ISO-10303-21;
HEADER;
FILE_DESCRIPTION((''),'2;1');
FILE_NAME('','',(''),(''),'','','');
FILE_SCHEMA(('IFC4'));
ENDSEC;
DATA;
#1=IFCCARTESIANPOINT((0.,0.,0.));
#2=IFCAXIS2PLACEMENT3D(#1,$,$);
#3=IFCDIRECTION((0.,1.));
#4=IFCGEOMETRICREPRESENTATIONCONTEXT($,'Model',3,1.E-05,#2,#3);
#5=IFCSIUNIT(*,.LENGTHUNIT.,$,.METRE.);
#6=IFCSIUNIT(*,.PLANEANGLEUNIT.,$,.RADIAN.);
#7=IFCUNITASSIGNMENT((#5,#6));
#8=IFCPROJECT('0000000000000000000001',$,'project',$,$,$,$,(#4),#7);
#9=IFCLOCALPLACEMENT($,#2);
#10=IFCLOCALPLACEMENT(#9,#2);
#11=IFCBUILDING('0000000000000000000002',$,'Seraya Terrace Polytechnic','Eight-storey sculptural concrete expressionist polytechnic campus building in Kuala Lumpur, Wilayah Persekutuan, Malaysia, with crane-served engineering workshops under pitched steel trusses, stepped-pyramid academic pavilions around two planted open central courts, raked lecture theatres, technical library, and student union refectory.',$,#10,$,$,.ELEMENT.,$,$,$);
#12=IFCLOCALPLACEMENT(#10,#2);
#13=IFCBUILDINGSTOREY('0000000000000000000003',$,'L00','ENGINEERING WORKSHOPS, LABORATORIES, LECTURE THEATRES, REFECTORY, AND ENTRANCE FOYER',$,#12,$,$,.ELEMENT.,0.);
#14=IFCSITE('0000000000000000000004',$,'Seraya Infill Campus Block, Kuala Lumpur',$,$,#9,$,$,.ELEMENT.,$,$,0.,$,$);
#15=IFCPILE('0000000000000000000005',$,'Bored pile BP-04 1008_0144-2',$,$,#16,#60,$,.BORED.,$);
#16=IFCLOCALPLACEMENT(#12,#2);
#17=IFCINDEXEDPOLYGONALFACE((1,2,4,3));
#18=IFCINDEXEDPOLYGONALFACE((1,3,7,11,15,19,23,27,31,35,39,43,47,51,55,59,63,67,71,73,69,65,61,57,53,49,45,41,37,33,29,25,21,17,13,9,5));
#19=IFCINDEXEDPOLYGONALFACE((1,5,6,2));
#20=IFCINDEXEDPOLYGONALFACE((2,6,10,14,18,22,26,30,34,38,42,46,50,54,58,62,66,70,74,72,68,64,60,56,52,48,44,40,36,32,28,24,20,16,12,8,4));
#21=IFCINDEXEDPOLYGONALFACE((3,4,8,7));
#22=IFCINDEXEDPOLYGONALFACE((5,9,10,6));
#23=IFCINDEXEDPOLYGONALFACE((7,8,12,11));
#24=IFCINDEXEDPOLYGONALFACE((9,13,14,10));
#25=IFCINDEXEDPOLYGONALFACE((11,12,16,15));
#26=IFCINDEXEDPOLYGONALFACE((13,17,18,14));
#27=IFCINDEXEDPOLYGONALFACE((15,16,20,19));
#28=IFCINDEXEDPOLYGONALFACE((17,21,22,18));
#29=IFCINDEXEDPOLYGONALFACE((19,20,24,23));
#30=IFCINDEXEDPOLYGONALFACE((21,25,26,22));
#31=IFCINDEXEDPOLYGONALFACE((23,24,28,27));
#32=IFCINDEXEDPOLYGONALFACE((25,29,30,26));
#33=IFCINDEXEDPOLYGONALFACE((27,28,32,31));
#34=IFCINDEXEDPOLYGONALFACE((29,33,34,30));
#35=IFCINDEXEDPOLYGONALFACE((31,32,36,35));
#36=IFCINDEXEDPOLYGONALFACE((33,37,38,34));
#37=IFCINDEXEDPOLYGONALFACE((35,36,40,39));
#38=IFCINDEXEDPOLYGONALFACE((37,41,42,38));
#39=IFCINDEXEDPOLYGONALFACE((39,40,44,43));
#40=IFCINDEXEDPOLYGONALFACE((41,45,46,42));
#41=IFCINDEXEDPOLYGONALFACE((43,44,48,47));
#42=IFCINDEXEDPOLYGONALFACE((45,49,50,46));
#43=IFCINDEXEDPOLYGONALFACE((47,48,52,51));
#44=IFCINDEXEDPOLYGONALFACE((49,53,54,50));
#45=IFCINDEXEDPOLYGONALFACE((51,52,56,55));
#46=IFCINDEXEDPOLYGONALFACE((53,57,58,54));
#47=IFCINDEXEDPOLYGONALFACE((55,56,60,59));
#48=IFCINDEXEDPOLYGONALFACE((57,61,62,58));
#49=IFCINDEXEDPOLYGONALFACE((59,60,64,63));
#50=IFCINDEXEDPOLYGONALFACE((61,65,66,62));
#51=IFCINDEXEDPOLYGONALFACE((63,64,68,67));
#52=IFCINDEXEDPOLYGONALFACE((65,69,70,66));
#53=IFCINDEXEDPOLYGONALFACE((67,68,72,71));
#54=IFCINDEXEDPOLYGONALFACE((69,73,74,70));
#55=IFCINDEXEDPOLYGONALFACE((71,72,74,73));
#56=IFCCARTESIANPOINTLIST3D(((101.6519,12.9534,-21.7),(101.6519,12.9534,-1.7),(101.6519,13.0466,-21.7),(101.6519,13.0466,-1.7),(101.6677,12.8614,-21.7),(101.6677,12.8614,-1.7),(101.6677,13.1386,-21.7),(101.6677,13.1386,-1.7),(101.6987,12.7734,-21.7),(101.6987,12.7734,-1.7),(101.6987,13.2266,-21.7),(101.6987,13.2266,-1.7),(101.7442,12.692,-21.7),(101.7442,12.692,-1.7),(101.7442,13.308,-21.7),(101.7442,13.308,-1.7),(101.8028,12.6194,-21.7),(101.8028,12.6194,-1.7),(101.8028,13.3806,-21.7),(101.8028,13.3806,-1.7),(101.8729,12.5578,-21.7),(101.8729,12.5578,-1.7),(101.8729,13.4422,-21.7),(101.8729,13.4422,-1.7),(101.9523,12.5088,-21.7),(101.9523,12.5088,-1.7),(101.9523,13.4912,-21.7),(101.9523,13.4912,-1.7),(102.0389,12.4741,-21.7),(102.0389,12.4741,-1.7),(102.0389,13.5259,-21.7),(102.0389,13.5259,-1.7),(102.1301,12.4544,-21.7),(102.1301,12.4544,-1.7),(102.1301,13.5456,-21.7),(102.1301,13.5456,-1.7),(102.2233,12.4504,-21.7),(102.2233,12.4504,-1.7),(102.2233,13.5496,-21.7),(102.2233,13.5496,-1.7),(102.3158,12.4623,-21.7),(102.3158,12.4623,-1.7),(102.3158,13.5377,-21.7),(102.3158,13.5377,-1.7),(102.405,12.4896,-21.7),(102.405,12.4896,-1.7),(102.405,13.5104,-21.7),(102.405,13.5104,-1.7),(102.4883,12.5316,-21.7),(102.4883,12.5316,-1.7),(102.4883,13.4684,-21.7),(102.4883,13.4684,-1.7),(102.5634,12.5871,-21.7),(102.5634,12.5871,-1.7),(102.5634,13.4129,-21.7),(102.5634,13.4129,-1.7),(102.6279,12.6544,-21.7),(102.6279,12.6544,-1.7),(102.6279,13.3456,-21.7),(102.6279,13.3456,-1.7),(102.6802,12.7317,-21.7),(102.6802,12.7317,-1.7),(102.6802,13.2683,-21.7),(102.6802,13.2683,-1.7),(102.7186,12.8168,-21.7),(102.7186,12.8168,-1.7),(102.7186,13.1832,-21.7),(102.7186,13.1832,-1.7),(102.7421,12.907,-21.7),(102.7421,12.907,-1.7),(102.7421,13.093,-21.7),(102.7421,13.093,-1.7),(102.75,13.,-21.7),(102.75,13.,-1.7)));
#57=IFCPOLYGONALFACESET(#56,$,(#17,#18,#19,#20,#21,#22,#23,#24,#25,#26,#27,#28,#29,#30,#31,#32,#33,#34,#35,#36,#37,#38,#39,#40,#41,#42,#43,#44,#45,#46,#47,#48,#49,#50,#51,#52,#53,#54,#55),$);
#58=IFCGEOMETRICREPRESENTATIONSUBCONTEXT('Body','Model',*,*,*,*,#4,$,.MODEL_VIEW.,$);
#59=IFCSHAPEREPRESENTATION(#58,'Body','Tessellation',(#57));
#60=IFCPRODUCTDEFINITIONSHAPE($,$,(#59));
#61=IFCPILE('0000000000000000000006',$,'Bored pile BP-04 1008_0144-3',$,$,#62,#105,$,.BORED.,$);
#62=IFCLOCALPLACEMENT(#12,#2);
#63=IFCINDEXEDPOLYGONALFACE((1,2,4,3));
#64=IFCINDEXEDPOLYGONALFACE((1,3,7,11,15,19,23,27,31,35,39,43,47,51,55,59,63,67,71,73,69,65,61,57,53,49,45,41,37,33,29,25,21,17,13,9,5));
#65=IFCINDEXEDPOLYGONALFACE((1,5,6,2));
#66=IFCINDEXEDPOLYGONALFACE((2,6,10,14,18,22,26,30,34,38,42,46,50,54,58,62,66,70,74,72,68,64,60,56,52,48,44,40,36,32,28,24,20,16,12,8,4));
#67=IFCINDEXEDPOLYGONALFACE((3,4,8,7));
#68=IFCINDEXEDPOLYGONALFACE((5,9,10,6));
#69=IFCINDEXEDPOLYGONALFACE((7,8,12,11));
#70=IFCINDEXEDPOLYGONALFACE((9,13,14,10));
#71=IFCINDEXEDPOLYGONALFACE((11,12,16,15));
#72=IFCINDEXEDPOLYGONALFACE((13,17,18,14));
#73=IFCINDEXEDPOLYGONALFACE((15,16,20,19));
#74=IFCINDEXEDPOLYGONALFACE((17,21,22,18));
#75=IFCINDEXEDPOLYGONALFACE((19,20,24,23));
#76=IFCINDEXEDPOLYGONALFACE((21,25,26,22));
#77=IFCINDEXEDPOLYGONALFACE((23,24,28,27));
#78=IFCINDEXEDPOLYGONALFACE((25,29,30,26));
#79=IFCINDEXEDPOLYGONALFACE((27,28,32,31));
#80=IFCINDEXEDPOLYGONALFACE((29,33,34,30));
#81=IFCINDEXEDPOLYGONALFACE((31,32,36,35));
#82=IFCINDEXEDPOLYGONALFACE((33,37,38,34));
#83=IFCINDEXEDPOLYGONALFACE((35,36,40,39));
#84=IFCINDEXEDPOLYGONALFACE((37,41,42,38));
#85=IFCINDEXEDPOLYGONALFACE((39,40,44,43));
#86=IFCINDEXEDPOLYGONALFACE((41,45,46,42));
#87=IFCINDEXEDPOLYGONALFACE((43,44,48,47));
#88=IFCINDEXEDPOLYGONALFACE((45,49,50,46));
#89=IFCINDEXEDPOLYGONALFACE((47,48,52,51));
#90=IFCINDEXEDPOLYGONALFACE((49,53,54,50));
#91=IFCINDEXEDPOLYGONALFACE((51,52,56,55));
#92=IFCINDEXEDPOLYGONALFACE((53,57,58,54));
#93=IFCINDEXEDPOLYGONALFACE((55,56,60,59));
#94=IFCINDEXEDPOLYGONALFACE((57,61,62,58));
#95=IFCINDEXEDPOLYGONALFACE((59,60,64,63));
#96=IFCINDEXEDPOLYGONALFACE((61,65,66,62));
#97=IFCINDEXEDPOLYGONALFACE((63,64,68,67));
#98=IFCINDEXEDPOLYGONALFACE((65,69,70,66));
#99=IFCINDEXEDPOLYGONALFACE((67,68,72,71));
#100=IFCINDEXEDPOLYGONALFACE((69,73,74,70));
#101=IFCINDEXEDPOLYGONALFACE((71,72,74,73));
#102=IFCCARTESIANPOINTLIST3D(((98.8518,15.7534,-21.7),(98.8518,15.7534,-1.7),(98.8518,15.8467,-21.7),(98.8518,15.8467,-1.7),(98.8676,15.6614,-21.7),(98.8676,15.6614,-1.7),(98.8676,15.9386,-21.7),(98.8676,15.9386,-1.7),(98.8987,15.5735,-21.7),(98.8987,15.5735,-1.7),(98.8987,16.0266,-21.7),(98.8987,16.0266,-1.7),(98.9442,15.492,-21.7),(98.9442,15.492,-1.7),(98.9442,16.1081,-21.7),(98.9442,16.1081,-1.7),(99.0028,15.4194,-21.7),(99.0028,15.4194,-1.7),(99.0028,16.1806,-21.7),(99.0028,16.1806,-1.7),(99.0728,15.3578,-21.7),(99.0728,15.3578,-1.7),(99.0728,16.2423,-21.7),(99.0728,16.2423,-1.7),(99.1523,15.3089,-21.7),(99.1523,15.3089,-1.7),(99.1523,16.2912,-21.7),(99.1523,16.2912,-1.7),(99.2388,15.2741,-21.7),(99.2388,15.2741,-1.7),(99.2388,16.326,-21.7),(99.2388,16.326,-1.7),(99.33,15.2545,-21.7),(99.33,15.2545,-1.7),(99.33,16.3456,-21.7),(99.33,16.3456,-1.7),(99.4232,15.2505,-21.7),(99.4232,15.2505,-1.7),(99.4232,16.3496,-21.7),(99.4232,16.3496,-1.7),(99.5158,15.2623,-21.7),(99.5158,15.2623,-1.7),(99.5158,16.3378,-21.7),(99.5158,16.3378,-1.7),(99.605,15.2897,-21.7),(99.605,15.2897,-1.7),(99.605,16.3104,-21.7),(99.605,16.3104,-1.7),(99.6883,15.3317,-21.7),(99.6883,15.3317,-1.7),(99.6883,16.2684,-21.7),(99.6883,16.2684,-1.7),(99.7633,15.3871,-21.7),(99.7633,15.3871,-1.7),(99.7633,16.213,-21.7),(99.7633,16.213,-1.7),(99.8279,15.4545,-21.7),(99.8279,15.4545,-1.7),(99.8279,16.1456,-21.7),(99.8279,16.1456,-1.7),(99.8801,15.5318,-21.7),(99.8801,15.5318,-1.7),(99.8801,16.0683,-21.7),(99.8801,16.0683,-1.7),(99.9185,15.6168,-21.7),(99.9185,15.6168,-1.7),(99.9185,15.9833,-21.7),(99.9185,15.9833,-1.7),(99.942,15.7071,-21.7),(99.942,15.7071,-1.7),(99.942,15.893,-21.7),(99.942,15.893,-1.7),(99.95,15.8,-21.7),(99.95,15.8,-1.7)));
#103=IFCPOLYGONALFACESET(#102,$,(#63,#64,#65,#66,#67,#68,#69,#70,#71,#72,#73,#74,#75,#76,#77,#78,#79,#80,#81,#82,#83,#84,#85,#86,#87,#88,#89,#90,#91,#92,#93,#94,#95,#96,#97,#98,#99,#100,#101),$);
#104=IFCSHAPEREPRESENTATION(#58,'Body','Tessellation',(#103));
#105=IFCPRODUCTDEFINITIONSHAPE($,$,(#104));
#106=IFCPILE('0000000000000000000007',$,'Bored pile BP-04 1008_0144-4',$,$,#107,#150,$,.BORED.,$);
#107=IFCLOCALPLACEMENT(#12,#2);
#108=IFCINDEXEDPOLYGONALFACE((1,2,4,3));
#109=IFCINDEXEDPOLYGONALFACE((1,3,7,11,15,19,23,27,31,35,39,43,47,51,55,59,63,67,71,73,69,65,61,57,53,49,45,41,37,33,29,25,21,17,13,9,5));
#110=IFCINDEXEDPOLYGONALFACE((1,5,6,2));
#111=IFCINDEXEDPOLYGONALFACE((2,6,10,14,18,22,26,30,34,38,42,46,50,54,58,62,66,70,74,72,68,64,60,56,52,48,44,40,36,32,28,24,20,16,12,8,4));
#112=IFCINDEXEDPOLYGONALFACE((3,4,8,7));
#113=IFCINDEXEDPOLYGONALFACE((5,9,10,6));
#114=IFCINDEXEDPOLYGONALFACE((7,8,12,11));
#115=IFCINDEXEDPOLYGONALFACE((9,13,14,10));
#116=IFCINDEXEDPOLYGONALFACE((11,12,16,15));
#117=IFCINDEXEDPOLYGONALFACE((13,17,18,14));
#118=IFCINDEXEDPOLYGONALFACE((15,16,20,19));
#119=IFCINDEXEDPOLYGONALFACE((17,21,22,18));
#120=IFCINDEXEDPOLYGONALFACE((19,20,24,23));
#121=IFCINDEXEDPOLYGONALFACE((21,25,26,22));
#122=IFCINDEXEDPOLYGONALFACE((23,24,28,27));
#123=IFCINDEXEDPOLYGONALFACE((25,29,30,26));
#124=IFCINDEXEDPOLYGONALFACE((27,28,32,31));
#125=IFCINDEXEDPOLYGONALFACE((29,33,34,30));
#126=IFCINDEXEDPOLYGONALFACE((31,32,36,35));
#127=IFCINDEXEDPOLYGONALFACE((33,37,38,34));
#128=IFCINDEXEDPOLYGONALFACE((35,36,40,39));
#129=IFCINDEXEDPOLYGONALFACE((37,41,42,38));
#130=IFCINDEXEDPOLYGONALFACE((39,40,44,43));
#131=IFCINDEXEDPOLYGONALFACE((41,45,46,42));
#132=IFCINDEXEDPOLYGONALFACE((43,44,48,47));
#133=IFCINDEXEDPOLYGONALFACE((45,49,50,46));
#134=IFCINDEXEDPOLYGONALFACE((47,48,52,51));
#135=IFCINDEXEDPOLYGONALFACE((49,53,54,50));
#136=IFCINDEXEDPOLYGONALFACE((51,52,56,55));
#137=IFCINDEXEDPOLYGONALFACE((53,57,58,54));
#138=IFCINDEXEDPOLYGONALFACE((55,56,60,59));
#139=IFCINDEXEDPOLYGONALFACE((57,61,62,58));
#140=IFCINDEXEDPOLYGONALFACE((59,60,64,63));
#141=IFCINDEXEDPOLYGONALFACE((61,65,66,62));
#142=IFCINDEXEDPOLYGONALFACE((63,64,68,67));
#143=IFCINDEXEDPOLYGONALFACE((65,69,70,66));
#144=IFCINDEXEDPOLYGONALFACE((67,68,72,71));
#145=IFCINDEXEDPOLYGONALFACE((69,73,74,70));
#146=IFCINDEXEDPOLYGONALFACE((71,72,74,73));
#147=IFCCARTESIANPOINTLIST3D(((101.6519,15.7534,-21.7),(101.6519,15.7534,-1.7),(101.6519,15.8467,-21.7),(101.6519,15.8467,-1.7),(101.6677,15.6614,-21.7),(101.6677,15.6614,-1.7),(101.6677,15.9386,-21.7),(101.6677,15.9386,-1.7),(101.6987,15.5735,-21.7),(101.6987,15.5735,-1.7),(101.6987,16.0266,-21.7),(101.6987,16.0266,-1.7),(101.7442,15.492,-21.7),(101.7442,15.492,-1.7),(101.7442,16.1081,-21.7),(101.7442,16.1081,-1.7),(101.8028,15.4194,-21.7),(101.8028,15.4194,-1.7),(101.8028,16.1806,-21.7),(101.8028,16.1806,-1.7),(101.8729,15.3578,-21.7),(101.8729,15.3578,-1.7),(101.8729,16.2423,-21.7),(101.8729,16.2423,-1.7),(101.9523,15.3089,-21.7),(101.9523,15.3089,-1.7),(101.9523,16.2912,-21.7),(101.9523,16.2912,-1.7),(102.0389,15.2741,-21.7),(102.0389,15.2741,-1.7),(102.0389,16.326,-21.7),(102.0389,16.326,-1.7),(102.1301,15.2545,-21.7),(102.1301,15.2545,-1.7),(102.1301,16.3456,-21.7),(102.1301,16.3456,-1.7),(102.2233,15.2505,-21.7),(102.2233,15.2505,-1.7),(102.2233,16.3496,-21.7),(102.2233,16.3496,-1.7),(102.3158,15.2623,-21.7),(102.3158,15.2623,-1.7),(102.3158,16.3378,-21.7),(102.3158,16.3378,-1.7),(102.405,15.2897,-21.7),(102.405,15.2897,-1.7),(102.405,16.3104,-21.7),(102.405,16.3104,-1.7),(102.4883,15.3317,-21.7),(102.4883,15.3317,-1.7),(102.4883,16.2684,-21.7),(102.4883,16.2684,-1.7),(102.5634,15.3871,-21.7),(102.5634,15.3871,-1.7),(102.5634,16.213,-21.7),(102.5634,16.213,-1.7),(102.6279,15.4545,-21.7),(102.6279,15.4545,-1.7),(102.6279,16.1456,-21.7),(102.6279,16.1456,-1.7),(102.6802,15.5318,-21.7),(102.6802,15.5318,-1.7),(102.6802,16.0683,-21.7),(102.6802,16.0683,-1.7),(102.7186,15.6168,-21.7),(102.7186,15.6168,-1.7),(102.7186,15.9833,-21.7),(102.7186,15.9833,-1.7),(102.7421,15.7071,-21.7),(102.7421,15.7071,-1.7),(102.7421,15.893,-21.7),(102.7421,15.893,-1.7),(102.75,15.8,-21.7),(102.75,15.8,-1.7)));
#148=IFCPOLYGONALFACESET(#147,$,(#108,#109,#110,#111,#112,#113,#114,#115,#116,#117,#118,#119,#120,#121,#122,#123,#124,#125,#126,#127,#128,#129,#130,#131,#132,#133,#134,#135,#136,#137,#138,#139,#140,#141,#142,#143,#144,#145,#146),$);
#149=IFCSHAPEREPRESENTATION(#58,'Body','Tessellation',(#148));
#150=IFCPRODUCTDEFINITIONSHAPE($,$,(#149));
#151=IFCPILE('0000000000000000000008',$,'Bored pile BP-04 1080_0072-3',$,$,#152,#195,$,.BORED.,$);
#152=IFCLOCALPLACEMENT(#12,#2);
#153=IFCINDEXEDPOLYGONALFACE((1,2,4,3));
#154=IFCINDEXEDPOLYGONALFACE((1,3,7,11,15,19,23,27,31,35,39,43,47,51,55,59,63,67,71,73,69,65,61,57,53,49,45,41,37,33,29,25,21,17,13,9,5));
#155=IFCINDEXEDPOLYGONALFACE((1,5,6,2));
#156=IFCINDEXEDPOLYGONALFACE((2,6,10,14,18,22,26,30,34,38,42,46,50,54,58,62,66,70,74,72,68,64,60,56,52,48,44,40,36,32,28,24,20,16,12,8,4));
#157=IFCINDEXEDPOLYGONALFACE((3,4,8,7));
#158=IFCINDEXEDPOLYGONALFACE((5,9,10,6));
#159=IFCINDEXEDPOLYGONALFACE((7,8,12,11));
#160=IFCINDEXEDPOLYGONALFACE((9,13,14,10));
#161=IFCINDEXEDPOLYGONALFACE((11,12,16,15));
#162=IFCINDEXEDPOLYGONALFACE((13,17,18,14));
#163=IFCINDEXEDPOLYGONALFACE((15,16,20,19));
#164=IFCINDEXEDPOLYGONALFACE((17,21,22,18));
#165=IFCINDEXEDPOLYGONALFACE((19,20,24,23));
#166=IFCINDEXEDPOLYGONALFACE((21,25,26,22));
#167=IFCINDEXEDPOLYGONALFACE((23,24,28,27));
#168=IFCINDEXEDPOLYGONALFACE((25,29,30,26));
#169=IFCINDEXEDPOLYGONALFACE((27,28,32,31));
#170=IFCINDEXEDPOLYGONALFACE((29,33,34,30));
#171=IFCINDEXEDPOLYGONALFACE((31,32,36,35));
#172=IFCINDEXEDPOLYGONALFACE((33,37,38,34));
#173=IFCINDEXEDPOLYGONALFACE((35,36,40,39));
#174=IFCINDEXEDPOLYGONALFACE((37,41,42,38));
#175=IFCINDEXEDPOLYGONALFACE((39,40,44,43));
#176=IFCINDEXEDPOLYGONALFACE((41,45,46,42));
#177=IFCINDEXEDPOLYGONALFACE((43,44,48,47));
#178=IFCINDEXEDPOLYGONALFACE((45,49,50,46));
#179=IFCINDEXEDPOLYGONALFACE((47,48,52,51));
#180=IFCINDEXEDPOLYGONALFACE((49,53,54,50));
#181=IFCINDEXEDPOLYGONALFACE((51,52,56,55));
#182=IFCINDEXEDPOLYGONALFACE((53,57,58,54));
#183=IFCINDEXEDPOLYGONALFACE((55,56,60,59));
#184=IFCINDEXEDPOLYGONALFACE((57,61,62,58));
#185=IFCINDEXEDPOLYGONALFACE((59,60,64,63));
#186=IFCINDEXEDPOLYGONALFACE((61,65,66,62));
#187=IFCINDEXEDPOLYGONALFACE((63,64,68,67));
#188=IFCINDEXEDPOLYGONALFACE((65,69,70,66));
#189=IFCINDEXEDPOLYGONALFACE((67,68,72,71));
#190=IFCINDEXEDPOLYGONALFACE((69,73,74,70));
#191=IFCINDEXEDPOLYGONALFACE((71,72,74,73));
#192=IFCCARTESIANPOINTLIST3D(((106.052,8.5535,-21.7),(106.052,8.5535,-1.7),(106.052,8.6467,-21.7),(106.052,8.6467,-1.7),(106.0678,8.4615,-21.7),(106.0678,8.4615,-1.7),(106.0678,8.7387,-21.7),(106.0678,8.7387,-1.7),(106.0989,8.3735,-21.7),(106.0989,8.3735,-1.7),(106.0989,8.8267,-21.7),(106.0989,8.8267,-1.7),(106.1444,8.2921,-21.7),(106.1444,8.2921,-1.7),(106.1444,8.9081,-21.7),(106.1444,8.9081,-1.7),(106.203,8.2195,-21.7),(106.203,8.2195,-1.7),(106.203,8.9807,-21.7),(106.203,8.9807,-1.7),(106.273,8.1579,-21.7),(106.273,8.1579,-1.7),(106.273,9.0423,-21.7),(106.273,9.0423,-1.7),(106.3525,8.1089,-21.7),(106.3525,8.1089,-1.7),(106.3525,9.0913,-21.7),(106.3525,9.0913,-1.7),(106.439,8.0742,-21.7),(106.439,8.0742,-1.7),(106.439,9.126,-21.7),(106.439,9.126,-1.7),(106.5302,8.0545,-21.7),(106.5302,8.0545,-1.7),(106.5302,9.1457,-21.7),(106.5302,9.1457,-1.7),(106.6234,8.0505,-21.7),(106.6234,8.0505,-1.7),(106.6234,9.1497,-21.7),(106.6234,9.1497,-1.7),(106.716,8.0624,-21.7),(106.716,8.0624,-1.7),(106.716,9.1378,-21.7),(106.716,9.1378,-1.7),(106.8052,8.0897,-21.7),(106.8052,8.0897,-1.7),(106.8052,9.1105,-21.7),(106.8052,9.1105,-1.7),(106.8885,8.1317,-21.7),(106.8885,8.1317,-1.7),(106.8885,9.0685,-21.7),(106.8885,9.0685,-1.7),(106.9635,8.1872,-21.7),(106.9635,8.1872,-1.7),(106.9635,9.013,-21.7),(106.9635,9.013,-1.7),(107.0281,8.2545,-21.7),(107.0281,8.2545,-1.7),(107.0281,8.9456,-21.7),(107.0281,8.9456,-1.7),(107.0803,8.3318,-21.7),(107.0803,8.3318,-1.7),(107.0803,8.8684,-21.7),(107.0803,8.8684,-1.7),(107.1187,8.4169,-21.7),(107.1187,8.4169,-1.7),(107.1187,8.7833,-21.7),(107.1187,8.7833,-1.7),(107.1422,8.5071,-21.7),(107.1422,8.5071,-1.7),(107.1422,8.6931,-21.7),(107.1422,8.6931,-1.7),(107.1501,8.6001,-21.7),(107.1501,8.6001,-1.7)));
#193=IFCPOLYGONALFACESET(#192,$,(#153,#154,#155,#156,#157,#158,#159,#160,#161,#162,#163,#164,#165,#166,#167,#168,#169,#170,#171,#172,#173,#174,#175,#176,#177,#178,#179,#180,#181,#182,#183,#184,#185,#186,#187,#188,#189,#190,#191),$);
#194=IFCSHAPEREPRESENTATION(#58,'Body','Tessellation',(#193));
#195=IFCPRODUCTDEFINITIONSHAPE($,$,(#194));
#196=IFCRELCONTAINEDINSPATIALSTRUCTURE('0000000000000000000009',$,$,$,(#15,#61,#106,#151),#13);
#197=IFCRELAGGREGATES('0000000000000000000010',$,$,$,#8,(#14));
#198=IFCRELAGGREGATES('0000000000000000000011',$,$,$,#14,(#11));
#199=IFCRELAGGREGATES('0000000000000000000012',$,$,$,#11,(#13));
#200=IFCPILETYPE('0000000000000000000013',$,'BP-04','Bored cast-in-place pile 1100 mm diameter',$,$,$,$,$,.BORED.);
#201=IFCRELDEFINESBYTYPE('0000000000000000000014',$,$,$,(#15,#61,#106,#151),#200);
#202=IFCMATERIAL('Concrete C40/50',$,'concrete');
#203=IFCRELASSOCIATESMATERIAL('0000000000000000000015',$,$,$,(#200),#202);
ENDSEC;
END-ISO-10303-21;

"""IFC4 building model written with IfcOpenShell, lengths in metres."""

from ifc_helpers import new_model, si_unit, direction, frame, origin, origin_2d, place, context, subcontext, project, spatial, circle, extrude, material, material_profile, profile_set, type_object, element, save


model = new_model("IFC4")

# Units and contexts
model_context = context("Model", 3, precision=1e-05, world=origin(), true_north=direction((0.0, 1.0)))
body_context = subcontext(model_context, "Body", "Model", "MODEL_VIEW")
ifc_project = project(units=[si_unit("LENGTHUNIT", "METRE"), si_unit("PLANEANGLEUNIT", "RADIAN")], contexts=[model_context])

# Site, building, storey
site_placement = place(None, origin())
site = spatial("IfcSite", under=ifc_project, at=site_placement, Name="Seraya Infill Campus Block, Kuala Lumpur", CompositionType="ELEMENT", RefElevation=0.0)
building_placement = place(site_placement, origin())
building = spatial("IfcBuilding", under=site, at=building_placement, Name="Seraya Terrace Polytechnic", Description="Eight-storey sculptural concrete expressionist polytechnic campus building in Kuala Lumpur, Wilayah Persekutuan, Malaysia, with crane-served engineering workshops under pitched steel trusses, stepped-pyramid academic pavilions around two planted open central courts, raked lecture theatres, technical library, and student union refectory.", CompositionType="ELEMENT")
storey_placement = place(building_placement, origin())
storey = spatial("IfcBuildingStorey", under=building, at=storey_placement, Name="L00", Description="ENGINEERING WORKSHOPS, LABORATORIES, LECTURE THEATRES, REFECTORY, AND ENTRANCE FOYER", CompositionType="ELEMENT", Elevation=0.0)

# Piles
ifc_material_1 = material(Name="Concrete C40/50", Category="concrete")
ifc_material_profile_1 = material_profile(ifc_material_1, circle(Radius=0.55, at=origin_2d()), Name="DIA 1100")
ifc_profile_set_1 = profile_set([ifc_material_profile_1], Name="Concrete C40/50")
pile_type_1 = type_object("IfcPileType", Name="BP-04", Description="Bored cast-in-place pile 1100 mm diameter", PredefinedType="BORED", material=ifc_profile_set_1)
for number, where, z_axis, x_axis, name in (
    (1, (102.2, 13.0, -1.7), (0.0, 0.0, -1.0), (1.0, 0.0, 0.0), "Bored pile BP-04 1008_0144-2"),
    (2, (99.3999, 15.8, -1.7), (0.0, 0.0, -1.0), (1.0, 0.0, 0.0), "Bored pile BP-04 1008_0144-3"),
    (3, (102.2, 15.8, -1.7), (0.0, 0.0, -1.0), (1.0, 0.0, 0.0), "Bored pile BP-04 1008_0144-4"),
    (4, (106.6001, 8.6001, -1.7), (0.0, 0.0, -1.0), (1.0, 0.0, 0.0), "Bored pile BP-04 1080_0072-3"),
):
    element("IfcPile", number, at=place(storey_placement, frame(where, z_axis=z_axis, x_axis=x_axis)), inside=storey, type_object=pile_type_1, Name=name, PredefinedType="BORED", context=body_context, shape_type="SweptSolid", body=[
        extrude(circle(Radius=0.55, at=origin_2d()), origin(), (0.0, 0.0, 1.0), 20.0),
    ])

save(model, "model.ifc")
